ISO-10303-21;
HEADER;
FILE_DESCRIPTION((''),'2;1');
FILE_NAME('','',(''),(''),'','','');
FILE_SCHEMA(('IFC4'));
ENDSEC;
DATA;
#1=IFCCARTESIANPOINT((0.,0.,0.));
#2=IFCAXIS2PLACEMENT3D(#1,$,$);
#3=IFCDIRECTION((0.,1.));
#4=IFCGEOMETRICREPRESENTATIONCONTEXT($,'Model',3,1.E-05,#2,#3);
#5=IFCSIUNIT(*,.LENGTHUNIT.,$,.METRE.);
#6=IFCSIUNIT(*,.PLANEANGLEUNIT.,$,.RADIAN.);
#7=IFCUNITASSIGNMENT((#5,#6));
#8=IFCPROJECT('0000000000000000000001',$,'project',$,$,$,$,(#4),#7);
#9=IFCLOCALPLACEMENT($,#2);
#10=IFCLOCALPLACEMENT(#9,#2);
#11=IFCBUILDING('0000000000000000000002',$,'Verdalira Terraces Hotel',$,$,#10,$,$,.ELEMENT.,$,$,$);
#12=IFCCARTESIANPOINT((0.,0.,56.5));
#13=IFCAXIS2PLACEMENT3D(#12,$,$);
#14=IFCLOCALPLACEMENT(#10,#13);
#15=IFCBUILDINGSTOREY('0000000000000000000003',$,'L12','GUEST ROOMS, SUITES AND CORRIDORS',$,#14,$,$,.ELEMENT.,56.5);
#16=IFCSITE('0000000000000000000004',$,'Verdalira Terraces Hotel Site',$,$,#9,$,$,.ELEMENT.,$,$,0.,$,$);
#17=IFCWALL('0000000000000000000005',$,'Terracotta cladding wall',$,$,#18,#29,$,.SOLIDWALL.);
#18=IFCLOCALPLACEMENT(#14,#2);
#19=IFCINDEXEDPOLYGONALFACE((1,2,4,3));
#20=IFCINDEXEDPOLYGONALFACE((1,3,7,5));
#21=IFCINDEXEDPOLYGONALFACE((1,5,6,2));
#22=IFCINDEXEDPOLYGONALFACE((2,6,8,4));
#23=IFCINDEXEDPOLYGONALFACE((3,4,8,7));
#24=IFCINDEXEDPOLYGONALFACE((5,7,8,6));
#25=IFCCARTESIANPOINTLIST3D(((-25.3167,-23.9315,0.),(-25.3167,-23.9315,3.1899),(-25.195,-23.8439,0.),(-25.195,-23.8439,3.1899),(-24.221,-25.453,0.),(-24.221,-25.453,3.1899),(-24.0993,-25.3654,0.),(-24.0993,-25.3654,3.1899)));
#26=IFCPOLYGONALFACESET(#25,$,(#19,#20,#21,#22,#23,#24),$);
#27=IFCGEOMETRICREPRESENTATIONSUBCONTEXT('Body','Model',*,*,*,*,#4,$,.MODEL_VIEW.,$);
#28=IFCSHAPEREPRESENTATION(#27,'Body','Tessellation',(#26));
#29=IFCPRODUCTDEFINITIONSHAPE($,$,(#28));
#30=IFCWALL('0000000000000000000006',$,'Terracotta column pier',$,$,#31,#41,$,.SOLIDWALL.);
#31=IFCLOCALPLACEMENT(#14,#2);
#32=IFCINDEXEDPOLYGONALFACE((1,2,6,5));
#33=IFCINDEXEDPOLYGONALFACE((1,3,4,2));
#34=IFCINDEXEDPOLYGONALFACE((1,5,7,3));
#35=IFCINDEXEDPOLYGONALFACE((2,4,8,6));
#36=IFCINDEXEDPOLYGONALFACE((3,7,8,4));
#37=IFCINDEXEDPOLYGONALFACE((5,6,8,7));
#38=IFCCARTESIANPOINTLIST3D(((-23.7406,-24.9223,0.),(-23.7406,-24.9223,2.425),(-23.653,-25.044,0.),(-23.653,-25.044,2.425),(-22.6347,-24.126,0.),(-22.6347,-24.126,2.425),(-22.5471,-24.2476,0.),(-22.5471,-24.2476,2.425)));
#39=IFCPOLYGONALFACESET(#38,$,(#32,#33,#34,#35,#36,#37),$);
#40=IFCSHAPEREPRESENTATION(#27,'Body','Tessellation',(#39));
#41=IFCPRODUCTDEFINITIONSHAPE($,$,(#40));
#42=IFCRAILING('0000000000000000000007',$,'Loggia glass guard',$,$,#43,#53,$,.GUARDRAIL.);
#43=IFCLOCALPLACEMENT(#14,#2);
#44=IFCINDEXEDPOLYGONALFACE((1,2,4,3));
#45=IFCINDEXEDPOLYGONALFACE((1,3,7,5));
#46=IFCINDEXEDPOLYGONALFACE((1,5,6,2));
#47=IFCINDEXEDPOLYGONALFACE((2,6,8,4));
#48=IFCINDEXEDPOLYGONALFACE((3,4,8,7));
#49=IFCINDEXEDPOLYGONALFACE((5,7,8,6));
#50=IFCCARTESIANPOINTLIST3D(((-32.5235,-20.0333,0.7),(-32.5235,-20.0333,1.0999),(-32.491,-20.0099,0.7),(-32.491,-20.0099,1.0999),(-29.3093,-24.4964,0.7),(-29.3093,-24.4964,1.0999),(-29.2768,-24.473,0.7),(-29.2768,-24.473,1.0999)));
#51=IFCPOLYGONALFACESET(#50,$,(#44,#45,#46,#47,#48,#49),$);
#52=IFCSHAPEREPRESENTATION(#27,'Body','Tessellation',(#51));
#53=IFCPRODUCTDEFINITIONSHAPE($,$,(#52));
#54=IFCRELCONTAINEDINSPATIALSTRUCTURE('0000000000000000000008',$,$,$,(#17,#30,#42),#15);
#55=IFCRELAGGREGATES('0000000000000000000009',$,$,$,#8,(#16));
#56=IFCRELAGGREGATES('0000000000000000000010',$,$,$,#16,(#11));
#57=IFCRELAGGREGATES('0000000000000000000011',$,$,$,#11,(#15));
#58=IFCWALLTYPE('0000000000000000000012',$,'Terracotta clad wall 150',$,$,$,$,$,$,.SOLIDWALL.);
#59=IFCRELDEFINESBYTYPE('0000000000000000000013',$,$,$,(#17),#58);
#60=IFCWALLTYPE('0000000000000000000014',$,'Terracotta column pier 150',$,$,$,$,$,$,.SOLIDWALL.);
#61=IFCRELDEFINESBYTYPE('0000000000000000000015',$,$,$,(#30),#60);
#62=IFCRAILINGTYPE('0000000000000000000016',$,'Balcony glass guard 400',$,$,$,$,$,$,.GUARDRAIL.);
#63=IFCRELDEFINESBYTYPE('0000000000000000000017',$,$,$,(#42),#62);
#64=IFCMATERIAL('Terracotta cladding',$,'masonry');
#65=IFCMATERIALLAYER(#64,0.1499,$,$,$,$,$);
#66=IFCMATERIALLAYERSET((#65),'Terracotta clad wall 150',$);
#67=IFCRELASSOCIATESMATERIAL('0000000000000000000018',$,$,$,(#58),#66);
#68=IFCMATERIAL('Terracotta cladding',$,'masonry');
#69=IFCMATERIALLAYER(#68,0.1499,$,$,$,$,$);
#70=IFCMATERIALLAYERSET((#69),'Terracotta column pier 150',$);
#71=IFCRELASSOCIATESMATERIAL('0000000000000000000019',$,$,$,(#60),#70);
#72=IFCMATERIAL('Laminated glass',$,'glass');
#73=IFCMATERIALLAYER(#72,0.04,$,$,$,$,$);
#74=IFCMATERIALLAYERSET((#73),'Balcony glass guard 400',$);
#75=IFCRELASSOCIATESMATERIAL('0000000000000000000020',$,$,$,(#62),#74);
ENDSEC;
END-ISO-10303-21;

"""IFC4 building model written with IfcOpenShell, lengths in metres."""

from ifc_helpers import new_model, si_unit, direction, frame, frame_2d, origin, origin_2d, place, context, subcontext, project, spatial, rectangle, extrude, material, layer, layer_set, type_object, element, save


model = new_model("IFC4")

# Units and contexts
model_context = context("Model", 3, precision=1e-05, world=origin(), true_north=direction((0.0, 1.0)))
body_context = subcontext(model_context, "Body", "Model", "MODEL_VIEW")
ifc_project = project(units=[si_unit("LENGTHUNIT", "METRE"), si_unit("PLANEANGLEUNIT", "RADIAN")], contexts=[model_context])

# Site, building, storey
site_placement = place(None, origin())
site = spatial("IfcSite", under=ifc_project, at=site_placement, Name="Verdalira Terraces Hotel Site", CompositionType="ELEMENT", RefElevation=0.0)
building_placement = place(site_placement, origin())
building = spatial("IfcBuilding", under=site, at=building_placement, Name="Verdalira Terraces Hotel", CompositionType="ELEMENT")
storey_placement = place(building_placement, frame((0.0, 0.0, 56.5)))
storey = spatial("IfcBuildingStorey", under=building, at=storey_placement, Name="L12", Description="GUEST ROOMS, SUITES AND CORRIDORS", CompositionType="ELEMENT", Elevation=56.5)

# Walls
ifc_material_1 = material(Name="Terracotta cladding", Category="masonry")
ifc_layer_1 = layer(ifc_material_1, 0.1499)
ifc_layer_set_1 = layer_set([ifc_layer_1], Name="Terracotta clad wall 150")
wall_type_1 = type_object("IfcWallType", Name="Terracotta clad wall 150", PredefinedType="SOLIDWALL", material=ifc_layer_set_1)
for number, where, z_axis, x_axis, name in (
    (1, (-25.2559, -23.8877, 0.0), (0.0, 0.0, 1.0), (0.584387, -0.811475, 0.0), "Terracotta cladding wall"),
):
    element("IfcWall", number, at=place(storey_placement, frame(where, z_axis=z_axis, x_axis=x_axis)), inside=storey, type_object=wall_type_1, Name=name, PredefinedType="SOLIDWALL", context=body_context, shape_type="SweptSolid", body=[
        extrude(rectangle(XDim=1.875, YDim=0.1499, at=frame_2d((0.9375, 0.0))), origin(), (0.0, 0.0, 1.0), 3.1899),
    ])
ifc_material_2 = material(Name="Terracotta cladding", Category="masonry")
ifc_layer_2 = layer(ifc_material_2, 0.1499)
ifc_layer_set_2 = layer_set([ifc_layer_2], Name="Terracotta column pier 150")
wall_type_2 = type_object("IfcWallType", Name="Terracotta column pier 150", PredefinedType="SOLIDWALL", material=ifc_layer_set_2)
wall_1_placement = place(storey_placement, frame((-23.6968, -24.9832, 0.0), z_axis=(0.0, 0.0, 1.0), x_axis=(0.8115, 0.584352, 0.0)))
element("IfcWall", 2, at=wall_1_placement, inside=storey, type_object=wall_type_2, Name="Terracotta column pier", PredefinedType="SOLIDWALL", context=body_context, shape_type="SweptSolid", body=[
    extrude(rectangle(XDim=1.3628, YDim=0.1499, at=frame_2d((0.6814, 0.0))), origin(), (0.0, 0.0, 1.0), 2.425),
])

# Railing
ifc_material_3 = material(Name="Laminated glass", Category="glass")
ifc_layer_3 = layer(ifc_material_3, 0.04)
ifc_layer_set_3 = layer_set([ifc_layer_3], Name="Balcony glass guard 400")
railing_type = type_object("IfcRailingType", Name="Balcony glass guard 400", PredefinedType="GUARDRAIL", material=ifc_layer_set_3)
railing_placement = place(storey_placement, frame((-30.9001, -22.2532, 0.7), z_axis=(0.0, 0.0, 1.0), x_axis=(0.584391, -0.811472, 0.0)))
element("IfcRailing", 3, at=railing_placement, inside=storey, type_object=railing_type, Name="Loggia glass guard", PredefinedType="GUARDRAIL", context=body_context, shape_type="SweptSolid", body=[
    extrude(rectangle(XDim=5.5, YDim=0.04, at=origin_2d()), origin(), (0.0, 0.0, 1.0), 0.3999),
])

save(model, "model.ifc")
